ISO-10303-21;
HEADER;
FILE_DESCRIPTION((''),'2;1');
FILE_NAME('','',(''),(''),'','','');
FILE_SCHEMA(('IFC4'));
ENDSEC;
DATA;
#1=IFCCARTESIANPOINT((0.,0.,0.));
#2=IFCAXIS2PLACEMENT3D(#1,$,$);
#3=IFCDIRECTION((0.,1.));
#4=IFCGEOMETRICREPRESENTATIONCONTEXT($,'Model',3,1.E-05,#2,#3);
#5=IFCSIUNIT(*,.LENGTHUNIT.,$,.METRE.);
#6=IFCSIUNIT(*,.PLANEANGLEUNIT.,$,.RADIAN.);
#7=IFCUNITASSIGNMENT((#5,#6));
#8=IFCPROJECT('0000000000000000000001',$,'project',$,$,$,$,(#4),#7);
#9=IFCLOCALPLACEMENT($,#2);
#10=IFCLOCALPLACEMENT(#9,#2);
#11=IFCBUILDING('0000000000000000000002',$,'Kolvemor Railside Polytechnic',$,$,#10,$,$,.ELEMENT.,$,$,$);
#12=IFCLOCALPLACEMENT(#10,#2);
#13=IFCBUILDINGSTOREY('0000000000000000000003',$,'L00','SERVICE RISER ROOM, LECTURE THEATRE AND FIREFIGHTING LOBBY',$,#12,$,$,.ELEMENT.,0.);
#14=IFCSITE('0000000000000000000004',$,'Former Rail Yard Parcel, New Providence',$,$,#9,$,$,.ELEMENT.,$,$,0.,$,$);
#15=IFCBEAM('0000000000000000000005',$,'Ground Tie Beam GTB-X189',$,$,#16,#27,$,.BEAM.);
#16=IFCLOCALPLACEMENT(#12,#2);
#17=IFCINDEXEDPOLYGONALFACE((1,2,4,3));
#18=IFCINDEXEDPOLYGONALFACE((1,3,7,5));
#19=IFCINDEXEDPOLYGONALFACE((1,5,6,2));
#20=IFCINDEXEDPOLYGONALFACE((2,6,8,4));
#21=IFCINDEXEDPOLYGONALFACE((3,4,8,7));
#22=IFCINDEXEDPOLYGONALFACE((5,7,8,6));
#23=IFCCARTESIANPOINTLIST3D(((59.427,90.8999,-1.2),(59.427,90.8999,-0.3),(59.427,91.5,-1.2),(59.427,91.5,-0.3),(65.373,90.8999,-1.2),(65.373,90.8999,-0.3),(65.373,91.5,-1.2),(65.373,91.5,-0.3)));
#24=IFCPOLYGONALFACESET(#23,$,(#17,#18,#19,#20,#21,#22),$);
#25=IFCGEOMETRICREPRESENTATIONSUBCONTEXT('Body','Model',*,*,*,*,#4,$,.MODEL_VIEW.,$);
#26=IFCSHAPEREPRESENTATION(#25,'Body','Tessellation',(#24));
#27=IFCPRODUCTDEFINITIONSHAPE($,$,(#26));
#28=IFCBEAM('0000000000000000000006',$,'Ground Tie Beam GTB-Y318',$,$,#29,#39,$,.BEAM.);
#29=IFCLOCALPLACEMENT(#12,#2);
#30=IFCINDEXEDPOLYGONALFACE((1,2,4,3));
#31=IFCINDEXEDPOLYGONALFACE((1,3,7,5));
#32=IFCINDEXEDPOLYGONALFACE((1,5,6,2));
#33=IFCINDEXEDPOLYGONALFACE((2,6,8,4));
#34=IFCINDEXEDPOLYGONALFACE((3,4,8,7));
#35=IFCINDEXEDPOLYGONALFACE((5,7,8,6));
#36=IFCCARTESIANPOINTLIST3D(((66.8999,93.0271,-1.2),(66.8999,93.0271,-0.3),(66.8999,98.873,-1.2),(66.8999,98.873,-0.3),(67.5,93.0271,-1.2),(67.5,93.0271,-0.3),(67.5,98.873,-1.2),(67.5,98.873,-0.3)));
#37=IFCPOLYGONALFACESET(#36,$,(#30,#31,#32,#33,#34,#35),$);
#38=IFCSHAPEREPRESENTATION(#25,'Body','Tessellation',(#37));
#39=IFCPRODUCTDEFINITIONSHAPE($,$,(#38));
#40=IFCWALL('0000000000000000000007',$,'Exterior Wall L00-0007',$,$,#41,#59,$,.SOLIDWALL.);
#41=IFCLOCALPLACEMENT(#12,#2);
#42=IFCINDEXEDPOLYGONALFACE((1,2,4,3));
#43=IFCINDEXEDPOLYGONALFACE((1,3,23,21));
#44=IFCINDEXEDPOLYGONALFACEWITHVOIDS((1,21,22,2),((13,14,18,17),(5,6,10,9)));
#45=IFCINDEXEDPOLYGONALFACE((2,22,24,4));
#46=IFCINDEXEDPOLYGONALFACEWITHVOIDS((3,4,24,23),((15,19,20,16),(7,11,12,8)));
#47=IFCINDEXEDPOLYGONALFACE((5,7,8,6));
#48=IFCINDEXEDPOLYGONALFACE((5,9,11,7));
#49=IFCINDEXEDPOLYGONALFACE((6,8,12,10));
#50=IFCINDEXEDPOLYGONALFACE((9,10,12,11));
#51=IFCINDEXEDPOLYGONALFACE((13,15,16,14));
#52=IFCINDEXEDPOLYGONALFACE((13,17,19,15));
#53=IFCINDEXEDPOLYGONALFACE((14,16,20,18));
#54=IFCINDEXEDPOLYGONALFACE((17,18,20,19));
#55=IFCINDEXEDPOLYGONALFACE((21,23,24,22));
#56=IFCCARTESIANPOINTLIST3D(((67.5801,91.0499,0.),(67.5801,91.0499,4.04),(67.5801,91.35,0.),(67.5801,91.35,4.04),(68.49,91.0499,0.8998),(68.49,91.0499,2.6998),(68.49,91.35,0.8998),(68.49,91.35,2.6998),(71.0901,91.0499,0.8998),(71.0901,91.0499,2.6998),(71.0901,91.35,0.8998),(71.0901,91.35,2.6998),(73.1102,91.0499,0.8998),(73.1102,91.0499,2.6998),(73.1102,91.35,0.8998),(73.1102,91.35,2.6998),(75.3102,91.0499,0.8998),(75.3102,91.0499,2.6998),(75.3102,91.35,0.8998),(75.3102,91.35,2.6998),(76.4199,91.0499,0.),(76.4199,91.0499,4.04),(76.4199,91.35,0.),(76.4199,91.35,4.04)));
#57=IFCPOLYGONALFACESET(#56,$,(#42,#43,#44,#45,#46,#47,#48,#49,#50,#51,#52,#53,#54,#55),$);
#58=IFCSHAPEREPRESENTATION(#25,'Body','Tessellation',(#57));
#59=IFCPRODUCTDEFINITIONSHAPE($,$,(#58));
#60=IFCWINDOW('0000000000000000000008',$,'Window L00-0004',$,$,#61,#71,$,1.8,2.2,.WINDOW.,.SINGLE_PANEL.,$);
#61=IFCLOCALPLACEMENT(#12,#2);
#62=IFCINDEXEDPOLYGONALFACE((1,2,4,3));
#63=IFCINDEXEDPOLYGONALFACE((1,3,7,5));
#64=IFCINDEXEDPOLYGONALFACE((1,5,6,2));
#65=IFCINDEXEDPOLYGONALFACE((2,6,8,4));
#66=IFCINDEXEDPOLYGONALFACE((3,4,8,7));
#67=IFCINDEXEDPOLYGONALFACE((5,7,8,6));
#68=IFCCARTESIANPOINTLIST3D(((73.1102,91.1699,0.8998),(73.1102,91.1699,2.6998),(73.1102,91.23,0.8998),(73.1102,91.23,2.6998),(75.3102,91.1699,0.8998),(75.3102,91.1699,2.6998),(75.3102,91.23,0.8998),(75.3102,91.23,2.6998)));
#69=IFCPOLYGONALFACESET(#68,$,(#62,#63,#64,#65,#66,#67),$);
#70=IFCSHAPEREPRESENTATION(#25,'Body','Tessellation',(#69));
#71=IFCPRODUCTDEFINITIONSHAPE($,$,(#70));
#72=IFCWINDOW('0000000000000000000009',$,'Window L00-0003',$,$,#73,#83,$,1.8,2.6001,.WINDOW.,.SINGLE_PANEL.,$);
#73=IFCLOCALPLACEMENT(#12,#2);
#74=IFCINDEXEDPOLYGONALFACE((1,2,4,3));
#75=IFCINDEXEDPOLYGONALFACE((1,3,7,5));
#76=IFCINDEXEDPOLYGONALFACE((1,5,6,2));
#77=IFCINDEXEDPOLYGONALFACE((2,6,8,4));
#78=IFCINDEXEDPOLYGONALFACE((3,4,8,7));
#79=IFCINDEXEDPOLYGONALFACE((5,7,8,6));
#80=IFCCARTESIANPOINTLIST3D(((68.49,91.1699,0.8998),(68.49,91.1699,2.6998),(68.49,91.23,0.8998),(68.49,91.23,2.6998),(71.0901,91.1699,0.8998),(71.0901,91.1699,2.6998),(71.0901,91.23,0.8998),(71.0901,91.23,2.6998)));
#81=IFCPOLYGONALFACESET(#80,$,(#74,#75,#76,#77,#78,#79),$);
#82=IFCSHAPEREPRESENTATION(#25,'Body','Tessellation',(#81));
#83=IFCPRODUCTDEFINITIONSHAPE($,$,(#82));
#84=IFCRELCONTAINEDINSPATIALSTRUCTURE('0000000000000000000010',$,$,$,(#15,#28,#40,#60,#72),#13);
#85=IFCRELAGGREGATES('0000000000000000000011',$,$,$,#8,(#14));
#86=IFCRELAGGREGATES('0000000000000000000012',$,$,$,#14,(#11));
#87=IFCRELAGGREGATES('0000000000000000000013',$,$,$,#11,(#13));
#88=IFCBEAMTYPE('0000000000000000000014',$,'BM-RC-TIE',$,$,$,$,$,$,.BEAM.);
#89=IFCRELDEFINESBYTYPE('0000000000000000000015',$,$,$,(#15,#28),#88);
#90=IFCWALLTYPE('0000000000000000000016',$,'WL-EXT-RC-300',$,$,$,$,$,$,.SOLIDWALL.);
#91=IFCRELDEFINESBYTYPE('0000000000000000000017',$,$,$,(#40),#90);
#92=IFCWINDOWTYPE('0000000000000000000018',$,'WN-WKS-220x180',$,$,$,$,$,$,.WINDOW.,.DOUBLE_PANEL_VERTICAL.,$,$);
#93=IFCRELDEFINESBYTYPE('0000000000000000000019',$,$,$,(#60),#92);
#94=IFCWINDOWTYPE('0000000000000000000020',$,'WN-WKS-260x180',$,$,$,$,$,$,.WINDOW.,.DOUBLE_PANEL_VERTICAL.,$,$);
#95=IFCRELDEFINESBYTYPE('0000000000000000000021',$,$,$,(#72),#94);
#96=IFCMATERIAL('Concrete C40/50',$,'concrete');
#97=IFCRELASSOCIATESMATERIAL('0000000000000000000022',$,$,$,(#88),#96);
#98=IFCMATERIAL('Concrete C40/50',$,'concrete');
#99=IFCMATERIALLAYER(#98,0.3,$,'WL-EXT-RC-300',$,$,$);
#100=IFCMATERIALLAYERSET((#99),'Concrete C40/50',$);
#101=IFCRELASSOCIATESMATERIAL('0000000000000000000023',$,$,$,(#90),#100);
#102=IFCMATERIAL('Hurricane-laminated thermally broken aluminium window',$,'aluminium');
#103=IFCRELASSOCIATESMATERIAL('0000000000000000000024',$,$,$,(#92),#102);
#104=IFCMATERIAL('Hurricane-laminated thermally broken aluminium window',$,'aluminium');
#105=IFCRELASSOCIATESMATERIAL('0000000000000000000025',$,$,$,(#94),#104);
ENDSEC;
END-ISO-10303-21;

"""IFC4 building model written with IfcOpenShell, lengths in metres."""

from ifc_helpers import new_model, si_unit, direction, frame, frame_2d, origin, origin_2d, place, context, subcontext, project, spatial, rectangle, extrude, material, layer, layer_set, material_profile, profile_set, type_object, element, fill, save


model = new_model("IFC4")

# Units and contexts
model_context = context("Model", 3, precision=1e-05, world=origin(), true_north=direction((0.0, 1.0)))
body_context = subcontext(model_context, "Body", "Model", "MODEL_VIEW")
ifc_project = project(units=[si_unit("LENGTHUNIT", "METRE"), si_unit("PLANEANGLEUNIT", "RADIAN")], contexts=[model_context])

# Site, building, storey
site_placement = place(None, origin())
site = spatial("IfcSite", under=ifc_project, at=site_placement, Name="Former Rail Yard Parcel, New Providence", CompositionType="ELEMENT", RefElevation=0.0)
building_placement = place(site_placement, origin())
building = spatial("IfcBuilding", under=site, at=building_placement, Name="Kolvemor Railside Polytechnic", CompositionType="ELEMENT")
storey_placement = place(building_placement, origin())
storey = spatial("IfcBuildingStorey", under=building, at=storey_placement, Name="L00", Description="SERVICE RISER ROOM, LECTURE THEATRE AND FIREFIGHTING LOBBY", CompositionType="ELEMENT", Elevation=0.0)

# Beams
ifc_material_1 = material(Name="Concrete C40/50", Category="concrete")
ifc_material_profile_1 = material_profile(ifc_material_1, rectangle(XDim=0.6001, YDim=0.8999, at=origin_2d()), Name="RC600x900")
ifc_profile_set_1 = profile_set([ifc_material_profile_1], Name="Concrete C40/50")
beam_type_1 = type_object("IfcBeamType", Name="BM-RC-TIE", PredefinedType="BEAM", material=ifc_profile_set_1)
beam_1_placement = place(storey_placement, frame((59.427, 91.2, -0.75), z_axis=(1.0, 0.0, 0.0), x_axis=(0.0, 1.0, 0.0)))
element("IfcBeam", 1, at=beam_1_placement, inside=storey, type_object=beam_type_1, Name="Ground Tie Beam GTB-X189", PredefinedType="BEAM", context=body_context, shape_type="SweptSolid", body=[
    extrude(rectangle(XDim=0.6001, YDim=0.8999, at=origin_2d()), origin(), (0.0, 0.0, 1.0), 5.946),
])
beam_2_placement = place(storey_placement, frame((67.2, 93.0271, -0.75), z_axis=(0.0, 1.0, 0.0), x_axis=(-1.0, 0.0, 0.0)))
element("IfcBeam", 2, at=beam_2_placement, inside=storey, type_object=beam_type_1, Name="Ground Tie Beam GTB-Y318", PredefinedType="BEAM", context=body_context, shape_type="SweptSolid", body=[
    extrude(rectangle(XDim=0.6001, YDim=0.8999, at=origin_2d()), origin(), (0.0, 0.0, 1.0), 5.8459),
])

# Wall, openings, windows
ifc_material_2 = material(Name="Concrete C40/50", Category="concrete")
ifc_layer = layer(ifc_material_2, 0.3, Name="WL-EXT-RC-300")
ifc_layer_set = layer_set([ifc_layer], Name="Concrete C40/50")
wall_type = type_object("IfcWallType", Name="WL-EXT-RC-300", PredefinedType="SOLIDWALL", material=ifc_layer_set)
wall_placement = place(storey_placement, frame((67.5801, 91.2, 0.0), z_axis=(0.0, 0.0, 1.0), x_axis=(1.0, 0.0, 0.0)))
wall = element("IfcWall", 3, at=wall_placement, inside=storey, type_object=wall_type, Name="Exterior Wall L00-0007", PredefinedType="SOLIDWALL", context=body_context, shape_type="SweptSolid", body=[
    extrude(rectangle(XDim=8.8398, YDim=0.3, at=frame_2d((4.4199, 0.0))), origin(), (0.0, 0.0, 1.0), 4.04),
])
opening_1_placement = place(wall_placement, frame((0.9099, 0.0, 0.8999)))
opening_1 = element("IfcOpeningElement", 4, at=opening_1_placement, cuts=wall, PredefinedType="OPENING", context=body_context, shape_type="SweptSolid", body=[
    extrude(rectangle(XDim=2.6001, YDim=1.8, at=frame_2d((1.3, 0.8999))), frame((0.0, 0.1599, 0.0), z_axis=(0.0, -1.0, 0.0), x_axis=(1.0, 0.0, 0.0)), (0.0, 0.0, 1.0), 0.3201),
])
opening_2_placement = place(wall_placement, frame((5.53, 0.0, 0.8999)))
opening_2 = element("IfcOpeningElement", 5, at=opening_2_placement, cuts=wall, PredefinedType="OPENING", context=body_context, shape_type="SweptSolid", body=[
    extrude(rectangle(XDim=2.2, YDim=1.8, at=frame_2d((1.1001, 0.8999))), frame((0.0, 0.1599, 0.0), z_axis=(0.0, -1.0, 0.0), x_axis=(1.0, 0.0, 0.0)), (0.0, 0.0, 1.0), 0.3201),
])
ifc_material_3 = material(Name="Hurricane-laminated thermally broken aluminium window", Category="aluminium")
window_type_1 = type_object("IfcWindowType", Name="WN-WKS-220x180", PartitioningType="DOUBLE_PANEL_VERTICAL", PredefinedType="WINDOW", material=ifc_material_3)
window_1_placement = place(opening_2_placement, origin())
window_1 = element("IfcWindow", 6, at=window_1_placement, inside=storey, type_object=window_type_1, Name="Window L00-0004", OverallHeight=1.8, OverallWidth=2.2, PartitioningType="SINGLE_PANEL", PredefinedType="WINDOW", context=body_context, shape_type="SweptSolid", body=[
    extrude(rectangle(XDim=2.2, YDim=1.8, at=frame_2d((1.1001, 0.8999))), frame((0.0, 0.03, 0.0), z_axis=(0.0, -1.0, 0.0), x_axis=(1.0, 0.0, 0.0)), (0.0, 0.0, 1.0), 0.0601),
])
fill(opening_2, window_1)
ifc_material_4 = material(Name="Hurricane-laminated thermally broken aluminium window", Category="aluminium")
window_type_2 = type_object("IfcWindowType", Name="WN-WKS-260x180", PartitioningType="DOUBLE_PANEL_VERTICAL", PredefinedType="WINDOW", material=ifc_material_4)
window_2_placement = place(opening_1_placement, origin())
window_2 = element("IfcWindow", 7, at=window_2_placement, inside=storey, type_object=window_type_2, Name="Window L00-0003", OverallHeight=1.8, OverallWidth=2.6001, PartitioningType="SINGLE_PANEL", PredefinedType="WINDOW", context=body_context, shape_type="SweptSolid", body=[
    extrude(rectangle(XDim=2.6001, YDim=1.8, at=frame_2d((1.3, 0.8999))), frame((0.0, 0.03, 0.0), z_axis=(0.0, -1.0, 0.0), x_axis=(1.0, 0.0, 0.0)), (0.0, 0.0, 1.0), 0.0601),
])
fill(opening_1, window_2)

save(model, "model.ifc")
